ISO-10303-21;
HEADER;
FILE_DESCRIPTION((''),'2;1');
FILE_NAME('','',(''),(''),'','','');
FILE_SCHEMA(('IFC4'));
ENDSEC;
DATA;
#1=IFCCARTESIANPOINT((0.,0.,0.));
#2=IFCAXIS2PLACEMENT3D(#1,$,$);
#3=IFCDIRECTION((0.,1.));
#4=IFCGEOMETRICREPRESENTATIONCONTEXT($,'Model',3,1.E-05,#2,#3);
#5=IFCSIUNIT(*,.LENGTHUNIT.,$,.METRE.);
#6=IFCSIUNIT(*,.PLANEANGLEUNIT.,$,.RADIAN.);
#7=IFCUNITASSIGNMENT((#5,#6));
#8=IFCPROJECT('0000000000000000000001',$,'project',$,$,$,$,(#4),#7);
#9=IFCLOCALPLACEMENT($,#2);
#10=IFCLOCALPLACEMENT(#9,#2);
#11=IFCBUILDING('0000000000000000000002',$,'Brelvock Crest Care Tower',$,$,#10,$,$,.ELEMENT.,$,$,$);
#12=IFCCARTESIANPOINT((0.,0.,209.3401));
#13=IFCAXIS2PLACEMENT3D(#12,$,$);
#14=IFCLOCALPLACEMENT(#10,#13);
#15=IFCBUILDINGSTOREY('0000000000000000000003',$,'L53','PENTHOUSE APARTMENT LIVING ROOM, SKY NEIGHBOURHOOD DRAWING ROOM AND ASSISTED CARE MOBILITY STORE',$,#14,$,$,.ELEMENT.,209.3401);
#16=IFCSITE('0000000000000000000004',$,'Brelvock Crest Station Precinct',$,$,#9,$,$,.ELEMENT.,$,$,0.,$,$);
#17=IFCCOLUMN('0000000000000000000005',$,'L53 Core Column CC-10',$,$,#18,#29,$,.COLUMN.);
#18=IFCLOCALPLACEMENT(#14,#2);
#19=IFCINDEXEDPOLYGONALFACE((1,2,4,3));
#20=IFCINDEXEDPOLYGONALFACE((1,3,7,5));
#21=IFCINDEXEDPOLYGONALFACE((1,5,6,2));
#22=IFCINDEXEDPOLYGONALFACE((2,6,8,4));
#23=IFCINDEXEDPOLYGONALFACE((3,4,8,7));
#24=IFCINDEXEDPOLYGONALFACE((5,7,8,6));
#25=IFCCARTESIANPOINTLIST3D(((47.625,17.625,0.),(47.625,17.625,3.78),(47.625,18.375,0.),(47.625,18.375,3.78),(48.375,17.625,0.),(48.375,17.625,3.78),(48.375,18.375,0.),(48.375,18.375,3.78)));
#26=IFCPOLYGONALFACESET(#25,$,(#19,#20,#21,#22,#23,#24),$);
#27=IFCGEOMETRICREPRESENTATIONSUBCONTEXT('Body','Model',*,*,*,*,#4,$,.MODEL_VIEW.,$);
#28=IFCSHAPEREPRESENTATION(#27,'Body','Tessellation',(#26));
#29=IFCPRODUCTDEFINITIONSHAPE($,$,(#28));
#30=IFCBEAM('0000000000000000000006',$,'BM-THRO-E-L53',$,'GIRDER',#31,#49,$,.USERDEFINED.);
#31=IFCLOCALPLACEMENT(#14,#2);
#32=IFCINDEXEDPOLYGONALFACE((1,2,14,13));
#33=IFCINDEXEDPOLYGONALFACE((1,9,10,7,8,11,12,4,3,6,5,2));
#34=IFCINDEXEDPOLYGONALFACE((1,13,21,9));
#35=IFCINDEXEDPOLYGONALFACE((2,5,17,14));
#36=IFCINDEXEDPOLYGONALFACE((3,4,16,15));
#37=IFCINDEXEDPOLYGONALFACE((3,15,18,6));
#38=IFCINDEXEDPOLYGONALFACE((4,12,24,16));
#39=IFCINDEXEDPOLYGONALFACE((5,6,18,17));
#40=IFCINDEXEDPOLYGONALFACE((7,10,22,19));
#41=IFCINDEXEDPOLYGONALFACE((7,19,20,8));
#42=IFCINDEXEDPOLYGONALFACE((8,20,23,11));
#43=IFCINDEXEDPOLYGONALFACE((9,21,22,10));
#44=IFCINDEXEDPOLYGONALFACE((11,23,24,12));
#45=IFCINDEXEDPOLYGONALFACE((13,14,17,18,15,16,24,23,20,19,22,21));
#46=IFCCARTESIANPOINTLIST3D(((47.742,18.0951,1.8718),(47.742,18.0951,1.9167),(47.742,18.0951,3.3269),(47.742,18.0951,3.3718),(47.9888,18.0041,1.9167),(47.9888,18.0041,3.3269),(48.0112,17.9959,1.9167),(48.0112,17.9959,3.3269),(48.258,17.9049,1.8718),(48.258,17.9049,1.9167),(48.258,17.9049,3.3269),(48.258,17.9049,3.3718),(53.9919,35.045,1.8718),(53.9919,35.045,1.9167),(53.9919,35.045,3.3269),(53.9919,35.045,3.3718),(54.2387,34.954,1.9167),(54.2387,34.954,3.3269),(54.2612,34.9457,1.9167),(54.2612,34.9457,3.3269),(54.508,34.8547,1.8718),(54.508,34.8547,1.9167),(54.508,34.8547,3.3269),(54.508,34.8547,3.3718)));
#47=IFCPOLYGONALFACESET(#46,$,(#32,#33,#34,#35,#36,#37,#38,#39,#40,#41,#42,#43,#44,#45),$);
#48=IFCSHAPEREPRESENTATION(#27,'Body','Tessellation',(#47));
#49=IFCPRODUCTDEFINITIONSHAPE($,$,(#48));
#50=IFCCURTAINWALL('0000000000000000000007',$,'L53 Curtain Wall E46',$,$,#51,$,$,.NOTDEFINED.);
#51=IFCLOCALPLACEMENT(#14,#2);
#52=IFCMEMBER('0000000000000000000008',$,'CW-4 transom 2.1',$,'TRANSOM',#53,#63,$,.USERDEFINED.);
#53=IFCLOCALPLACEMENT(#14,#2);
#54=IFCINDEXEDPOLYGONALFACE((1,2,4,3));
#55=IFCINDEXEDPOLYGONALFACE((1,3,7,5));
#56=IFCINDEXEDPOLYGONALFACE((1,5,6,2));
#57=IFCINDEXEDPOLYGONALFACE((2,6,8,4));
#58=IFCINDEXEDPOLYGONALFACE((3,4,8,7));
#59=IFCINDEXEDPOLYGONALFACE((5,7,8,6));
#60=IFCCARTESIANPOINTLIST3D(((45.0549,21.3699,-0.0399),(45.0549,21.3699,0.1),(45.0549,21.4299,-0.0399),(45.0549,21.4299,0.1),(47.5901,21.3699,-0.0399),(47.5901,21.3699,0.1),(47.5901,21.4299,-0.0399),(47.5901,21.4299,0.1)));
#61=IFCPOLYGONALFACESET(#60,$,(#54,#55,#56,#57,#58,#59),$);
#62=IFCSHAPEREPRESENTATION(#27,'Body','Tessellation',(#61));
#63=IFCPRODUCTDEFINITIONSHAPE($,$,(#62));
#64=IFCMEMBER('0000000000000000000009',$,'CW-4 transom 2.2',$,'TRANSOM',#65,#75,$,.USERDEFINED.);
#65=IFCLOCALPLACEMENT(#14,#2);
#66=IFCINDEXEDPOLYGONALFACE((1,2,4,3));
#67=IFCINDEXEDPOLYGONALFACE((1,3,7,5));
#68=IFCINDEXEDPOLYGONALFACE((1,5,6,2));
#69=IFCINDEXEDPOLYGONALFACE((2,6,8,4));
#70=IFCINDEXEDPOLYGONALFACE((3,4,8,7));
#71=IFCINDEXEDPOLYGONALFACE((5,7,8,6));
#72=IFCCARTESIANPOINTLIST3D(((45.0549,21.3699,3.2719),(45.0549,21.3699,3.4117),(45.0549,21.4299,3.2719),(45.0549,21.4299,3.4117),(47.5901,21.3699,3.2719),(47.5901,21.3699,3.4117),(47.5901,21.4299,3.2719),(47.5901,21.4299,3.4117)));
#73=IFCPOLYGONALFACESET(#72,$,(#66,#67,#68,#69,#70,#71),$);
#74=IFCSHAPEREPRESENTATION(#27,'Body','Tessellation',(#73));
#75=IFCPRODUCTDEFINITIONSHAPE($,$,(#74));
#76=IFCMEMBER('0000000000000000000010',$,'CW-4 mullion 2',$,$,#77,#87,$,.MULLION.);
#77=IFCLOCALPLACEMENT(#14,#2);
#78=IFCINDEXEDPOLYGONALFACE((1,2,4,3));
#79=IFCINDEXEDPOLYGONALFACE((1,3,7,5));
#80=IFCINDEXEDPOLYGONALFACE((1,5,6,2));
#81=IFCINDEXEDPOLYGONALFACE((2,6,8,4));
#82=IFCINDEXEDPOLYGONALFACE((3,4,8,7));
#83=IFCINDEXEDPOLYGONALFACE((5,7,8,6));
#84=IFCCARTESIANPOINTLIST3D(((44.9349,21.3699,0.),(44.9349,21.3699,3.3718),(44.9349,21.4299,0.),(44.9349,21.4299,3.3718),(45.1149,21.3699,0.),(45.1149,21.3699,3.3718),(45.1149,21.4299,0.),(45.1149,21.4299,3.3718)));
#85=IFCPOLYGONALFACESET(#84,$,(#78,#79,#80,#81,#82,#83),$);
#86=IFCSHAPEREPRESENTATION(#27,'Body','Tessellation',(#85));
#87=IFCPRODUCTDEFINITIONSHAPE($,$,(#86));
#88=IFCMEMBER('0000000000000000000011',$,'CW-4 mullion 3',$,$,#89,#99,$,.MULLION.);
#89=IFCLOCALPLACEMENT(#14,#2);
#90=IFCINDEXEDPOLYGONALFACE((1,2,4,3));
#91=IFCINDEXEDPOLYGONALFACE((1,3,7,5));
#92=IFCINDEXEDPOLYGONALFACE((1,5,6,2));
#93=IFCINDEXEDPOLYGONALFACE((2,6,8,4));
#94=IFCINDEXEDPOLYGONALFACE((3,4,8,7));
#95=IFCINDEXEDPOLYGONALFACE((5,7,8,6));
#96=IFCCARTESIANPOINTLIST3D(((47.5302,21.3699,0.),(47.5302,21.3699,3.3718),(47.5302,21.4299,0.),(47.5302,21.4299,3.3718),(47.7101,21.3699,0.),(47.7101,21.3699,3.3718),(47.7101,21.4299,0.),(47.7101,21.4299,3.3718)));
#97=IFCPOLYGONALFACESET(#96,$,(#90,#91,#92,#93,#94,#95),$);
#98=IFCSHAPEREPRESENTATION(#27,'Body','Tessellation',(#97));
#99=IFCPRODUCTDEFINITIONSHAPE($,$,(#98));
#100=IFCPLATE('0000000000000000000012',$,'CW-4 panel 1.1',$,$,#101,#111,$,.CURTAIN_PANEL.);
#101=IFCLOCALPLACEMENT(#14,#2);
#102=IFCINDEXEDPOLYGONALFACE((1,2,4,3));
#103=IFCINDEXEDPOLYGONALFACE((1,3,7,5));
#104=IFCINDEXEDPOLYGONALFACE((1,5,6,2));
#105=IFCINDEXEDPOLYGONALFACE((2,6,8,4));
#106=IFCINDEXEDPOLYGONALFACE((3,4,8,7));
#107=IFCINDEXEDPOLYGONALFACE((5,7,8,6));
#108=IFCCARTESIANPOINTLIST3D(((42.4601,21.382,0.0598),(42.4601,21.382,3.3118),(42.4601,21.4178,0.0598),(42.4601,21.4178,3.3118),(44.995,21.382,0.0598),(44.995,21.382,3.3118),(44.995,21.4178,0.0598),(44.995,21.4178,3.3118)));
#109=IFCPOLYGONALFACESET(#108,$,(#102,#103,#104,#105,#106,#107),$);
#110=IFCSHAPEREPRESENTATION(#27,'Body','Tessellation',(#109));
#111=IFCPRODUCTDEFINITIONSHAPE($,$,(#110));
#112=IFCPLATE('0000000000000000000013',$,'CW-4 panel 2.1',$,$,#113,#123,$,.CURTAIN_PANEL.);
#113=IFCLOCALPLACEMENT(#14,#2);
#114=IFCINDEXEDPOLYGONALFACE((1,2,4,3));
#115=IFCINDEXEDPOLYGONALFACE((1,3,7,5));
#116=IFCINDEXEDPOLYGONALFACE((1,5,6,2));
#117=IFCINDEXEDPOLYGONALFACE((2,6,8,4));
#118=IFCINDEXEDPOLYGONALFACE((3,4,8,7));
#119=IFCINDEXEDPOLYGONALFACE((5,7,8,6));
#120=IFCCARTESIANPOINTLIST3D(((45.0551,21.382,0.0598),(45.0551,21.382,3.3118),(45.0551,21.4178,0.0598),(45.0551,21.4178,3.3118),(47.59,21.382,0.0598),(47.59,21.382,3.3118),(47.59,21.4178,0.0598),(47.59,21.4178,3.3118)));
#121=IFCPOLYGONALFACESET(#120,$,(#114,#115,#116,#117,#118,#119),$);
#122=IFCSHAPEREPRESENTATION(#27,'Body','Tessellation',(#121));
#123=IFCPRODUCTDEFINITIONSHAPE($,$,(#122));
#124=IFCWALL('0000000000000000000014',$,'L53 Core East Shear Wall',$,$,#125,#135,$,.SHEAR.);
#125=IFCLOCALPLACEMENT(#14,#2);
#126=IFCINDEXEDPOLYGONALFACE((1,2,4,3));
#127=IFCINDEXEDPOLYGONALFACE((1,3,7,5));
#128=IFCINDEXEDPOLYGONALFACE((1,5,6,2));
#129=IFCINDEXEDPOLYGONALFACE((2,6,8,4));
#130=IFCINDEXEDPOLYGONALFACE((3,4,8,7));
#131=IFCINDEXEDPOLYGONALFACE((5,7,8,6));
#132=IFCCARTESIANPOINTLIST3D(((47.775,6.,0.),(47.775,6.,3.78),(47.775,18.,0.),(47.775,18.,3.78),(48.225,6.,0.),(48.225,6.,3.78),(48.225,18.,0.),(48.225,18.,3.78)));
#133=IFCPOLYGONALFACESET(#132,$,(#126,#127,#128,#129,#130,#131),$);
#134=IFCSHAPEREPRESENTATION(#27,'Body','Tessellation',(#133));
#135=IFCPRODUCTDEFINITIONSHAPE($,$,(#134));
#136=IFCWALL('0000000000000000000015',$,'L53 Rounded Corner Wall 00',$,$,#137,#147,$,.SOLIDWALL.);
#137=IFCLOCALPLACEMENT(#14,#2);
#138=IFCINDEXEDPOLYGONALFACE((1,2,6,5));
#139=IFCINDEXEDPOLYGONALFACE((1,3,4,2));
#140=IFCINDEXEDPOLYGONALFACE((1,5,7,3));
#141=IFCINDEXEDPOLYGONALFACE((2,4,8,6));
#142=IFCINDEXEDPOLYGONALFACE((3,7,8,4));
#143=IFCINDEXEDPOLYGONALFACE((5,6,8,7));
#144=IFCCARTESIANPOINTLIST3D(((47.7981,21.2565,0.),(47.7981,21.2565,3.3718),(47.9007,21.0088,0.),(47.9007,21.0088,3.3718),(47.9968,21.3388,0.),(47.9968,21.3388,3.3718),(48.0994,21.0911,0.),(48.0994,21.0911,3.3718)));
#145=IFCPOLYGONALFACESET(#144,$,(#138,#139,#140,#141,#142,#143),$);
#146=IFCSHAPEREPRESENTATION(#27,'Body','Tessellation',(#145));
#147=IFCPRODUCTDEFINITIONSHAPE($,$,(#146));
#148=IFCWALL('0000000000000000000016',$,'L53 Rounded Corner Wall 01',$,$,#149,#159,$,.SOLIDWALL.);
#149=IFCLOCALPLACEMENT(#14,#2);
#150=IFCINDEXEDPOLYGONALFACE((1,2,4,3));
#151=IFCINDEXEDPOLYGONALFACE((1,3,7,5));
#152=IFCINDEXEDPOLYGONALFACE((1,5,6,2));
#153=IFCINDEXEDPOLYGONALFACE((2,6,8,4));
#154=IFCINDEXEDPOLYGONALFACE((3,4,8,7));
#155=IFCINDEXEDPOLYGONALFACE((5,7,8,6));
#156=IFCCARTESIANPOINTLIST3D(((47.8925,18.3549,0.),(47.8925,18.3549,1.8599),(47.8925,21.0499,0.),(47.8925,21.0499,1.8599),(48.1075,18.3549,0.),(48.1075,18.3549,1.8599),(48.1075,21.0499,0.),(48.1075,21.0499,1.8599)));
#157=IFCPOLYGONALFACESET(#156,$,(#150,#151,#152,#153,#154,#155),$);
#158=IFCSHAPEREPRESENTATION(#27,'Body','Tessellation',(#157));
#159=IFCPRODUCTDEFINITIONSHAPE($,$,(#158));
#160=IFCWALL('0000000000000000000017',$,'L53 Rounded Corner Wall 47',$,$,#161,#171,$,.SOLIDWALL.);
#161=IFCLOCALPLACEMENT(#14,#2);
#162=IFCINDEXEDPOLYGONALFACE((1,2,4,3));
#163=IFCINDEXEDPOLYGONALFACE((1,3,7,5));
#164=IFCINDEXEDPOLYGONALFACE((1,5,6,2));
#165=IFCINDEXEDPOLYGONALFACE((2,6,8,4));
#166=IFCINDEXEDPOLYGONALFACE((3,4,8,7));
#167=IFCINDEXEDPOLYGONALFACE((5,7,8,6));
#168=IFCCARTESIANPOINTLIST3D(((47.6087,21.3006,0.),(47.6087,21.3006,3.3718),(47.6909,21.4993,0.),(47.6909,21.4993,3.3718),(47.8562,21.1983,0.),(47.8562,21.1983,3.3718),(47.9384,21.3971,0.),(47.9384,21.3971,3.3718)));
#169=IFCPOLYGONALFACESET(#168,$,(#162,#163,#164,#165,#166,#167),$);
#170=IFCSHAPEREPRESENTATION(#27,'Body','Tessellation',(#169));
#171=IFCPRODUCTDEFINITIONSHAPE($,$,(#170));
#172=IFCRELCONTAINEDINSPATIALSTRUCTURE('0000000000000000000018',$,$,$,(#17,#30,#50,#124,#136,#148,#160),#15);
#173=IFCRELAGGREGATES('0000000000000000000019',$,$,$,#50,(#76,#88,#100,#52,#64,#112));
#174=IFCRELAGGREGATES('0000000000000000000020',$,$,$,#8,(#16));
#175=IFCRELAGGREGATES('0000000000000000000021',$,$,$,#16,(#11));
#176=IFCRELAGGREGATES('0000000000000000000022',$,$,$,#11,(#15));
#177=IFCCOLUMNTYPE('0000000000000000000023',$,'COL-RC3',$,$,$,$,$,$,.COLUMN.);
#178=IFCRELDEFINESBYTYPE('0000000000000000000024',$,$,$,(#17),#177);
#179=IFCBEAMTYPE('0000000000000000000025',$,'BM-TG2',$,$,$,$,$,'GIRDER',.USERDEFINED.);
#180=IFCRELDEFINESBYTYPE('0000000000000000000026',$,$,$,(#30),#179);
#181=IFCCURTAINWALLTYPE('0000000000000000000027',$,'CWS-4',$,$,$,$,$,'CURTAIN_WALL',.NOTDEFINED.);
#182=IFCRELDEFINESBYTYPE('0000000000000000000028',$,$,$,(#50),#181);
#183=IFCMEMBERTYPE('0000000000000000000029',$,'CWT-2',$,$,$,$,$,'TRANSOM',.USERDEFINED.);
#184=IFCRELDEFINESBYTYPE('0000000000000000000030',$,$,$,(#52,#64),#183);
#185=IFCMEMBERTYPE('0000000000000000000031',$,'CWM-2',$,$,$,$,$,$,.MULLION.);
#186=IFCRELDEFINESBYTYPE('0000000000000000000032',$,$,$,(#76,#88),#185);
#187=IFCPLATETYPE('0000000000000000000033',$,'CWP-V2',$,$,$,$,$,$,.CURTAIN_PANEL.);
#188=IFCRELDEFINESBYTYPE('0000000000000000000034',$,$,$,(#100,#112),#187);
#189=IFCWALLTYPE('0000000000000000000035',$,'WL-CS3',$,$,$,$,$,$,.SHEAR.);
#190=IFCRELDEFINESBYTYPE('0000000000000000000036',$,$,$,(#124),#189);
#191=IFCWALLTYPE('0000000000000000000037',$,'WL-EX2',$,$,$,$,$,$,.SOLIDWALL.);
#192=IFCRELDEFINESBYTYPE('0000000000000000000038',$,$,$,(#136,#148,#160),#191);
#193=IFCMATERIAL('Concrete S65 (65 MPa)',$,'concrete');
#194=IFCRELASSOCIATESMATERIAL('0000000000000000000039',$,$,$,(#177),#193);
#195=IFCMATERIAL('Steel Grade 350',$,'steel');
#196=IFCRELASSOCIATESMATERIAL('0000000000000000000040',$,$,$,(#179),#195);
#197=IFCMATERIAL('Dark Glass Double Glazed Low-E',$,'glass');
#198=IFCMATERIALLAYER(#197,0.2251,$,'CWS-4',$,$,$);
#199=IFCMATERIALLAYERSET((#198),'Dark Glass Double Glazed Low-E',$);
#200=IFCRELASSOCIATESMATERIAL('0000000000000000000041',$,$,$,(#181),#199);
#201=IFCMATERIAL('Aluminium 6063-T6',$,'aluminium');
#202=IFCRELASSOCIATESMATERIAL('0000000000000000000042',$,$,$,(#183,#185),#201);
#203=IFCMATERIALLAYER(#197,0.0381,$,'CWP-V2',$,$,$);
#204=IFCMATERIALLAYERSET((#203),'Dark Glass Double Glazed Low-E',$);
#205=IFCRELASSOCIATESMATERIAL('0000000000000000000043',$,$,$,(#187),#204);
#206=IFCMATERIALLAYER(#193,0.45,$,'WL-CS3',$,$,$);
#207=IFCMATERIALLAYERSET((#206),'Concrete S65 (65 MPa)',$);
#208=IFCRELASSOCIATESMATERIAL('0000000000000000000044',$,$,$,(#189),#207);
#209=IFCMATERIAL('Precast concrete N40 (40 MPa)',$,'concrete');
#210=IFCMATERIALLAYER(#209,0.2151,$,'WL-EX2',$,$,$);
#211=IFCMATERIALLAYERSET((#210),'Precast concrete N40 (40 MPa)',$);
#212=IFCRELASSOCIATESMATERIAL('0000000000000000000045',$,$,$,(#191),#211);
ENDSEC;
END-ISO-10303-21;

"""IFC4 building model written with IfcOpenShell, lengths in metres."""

from ifc_helpers import new_model, si_unit, direction, frame, frame_2d, origin, origin_2d, place, context, subcontext, project, spatial, rectangle, i_section, extrude, source, transform, mapped, material, layer, layer_set, material_profile, profile_set, type_object, element, aggregate, save


model = new_model("IFC4")

# Units and contexts
model_context = context("Model", 3, precision=1e-05, world=origin(), true_north=direction((0.0, 1.0)))
body_context = subcontext(model_context, "Body", "Model", "MODEL_VIEW")
ifc_project = project(units=[si_unit("LENGTHUNIT", "METRE"), si_unit("PLANEANGLEUNIT", "RADIAN")], contexts=[model_context])

# Site, building, storey
site_placement = place(None, origin())
site = spatial("IfcSite", under=ifc_project, at=site_placement, Name="Brelvock Crest Station Precinct", CompositionType="ELEMENT", RefElevation=0.0)
building_placement = place(site_placement, origin())
building = spatial("IfcBuilding", under=site, at=building_placement, Name="Brelvock Crest Care Tower", CompositionType="ELEMENT")
storey_placement = place(building_placement, frame((0.0, 0.0, 209.3401)))
storey = spatial("IfcBuildingStorey", under=building, at=storey_placement, Name="L53", Description="PENTHOUSE APARTMENT LIVING ROOM, SKY NEIGHBOURHOOD DRAWING ROOM AND ASSISTED CARE MOBILITY STORE", CompositionType="ELEMENT", Elevation=209.3401)

# Column
ifc_material_1 = material(Name="Concrete S65 (65 MPa)", Category="concrete")
ifc_material_profile_1 = material_profile(ifc_material_1, rectangle(XDim=0.75, YDim=0.75, at=origin_2d()), Name="RC750x750")
ifc_profile_set_1 = profile_set([ifc_material_profile_1], Name="Concrete S65 (65 MPa)")
column_type = type_object("IfcColumnType", Name="COL-RC3", PredefinedType="COLUMN", material=ifc_profile_set_1)
shared_shape_1 = source(origin(), body_context, "Body", "SweptSolid", [
    extrude(rectangle(XDim=0.75, YDim=0.75, at=origin_2d()), origin(), (0.0, 0.0, 1.0), 3.78),
])
column_placement = place(storey_placement, frame((48.0, 18.0, 0.0), z_axis=(0.0, 0.0, 1.0), x_axis=(1.0, 0.0, 0.0)))
element("IfcColumn", 1, at=column_placement, inside=storey, type_object=column_type, Name="L53 Core Column CC-10", PredefinedType="COLUMN", context=body_context, shape_type="MappedRepresentation", body=[
    mapped(shared_shape_1, transform((0.0, 0.0, 0.0), x_axis=(1.0, 0.0, 0.0), y_axis=(0.0, 1.0, 0.0), z_axis=(0.0, 0.0, 1.0), scale=1.0)),
])

# Beam
ifc_material_2 = material(Name="Steel Grade 350", Category="steel")
ifc_material_profile_2 = material_profile(ifc_material_2, i_section(OverallWidth=0.55, OverallDepth=1.5, WebThickness=0.0239, FlangeThickness=0.0449, at=origin_2d()), Name="1500TG580")
ifc_profile_set_2 = profile_set([ifc_material_profile_2], Name="Steel Grade 350")
beam_type = type_object("IfcBeamType", Name="BM-TG2", ElementType="GIRDER", PredefinedType="USERDEFINED", material=ifc_profile_set_2)
shared_shape_2 = source(origin(), body_context, "Body", "SweptSolid", [
    extrude(i_section(OverallWidth=0.55, OverallDepth=1.5, WebThickness=0.0239, FlangeThickness=0.0449, at=origin_2d()), origin(), (0.0, 0.0, 1.0), 18.0654),
])
beam_placement = place(storey_placement, frame((48.0, 18.0, 2.6218), z_axis=(0.345963, 0.938248, 0.0), x_axis=(-0.938248, 0.345963, 0.0)))
element("IfcBeam", 2, at=beam_placement, inside=storey, type_object=beam_type, Name="BM-THRO-E-L53", ObjectType="GIRDER", PredefinedType="USERDEFINED", context=body_context, shape_type="MappedRepresentation", body=[
    mapped(shared_shape_2, transform((0.0, 0.0, 0.0), x_axis=(1.0, 0.0, 0.0), y_axis=(0.0, 1.0, 0.0), z_axis=(0.0, 0.0, 1.0), scale=1.0)),
])

# Curtain wall, members, plates
ifc_material_3 = material(Name="Dark Glass Double Glazed Low-E", Category="glass")
ifc_layer_1 = layer(ifc_material_3, 0.2251, Name="CWS-4")
ifc_layer_set_1 = layer_set([ifc_layer_1], Name="Dark Glass Double Glazed Low-E")
curtain_wall_type = type_object("IfcCurtainWallType", Name="CWS-4", ElementType="CURTAIN_WALL", PredefinedType="NOTDEFINED", material=ifc_layer_set_1)
curtain_wall_placement = place(storey_placement, origin())
curtain_wall = element("IfcCurtainWall", 3, at=curtain_wall_placement, inside=storey, type_object=curtain_wall_type, Name="L53 Curtain Wall E46", PredefinedType="NOTDEFINED")
ifc_material_4 = material(Name="Aluminium 6063-T6", Category="aluminium")
ifc_material_profile_3 = material_profile(ifc_material_4, rectangle(XDim=0.0601, YDim=0.1399, at=origin_2d()), Name="ALU60x140")
ifc_profile_set_3 = profile_set([ifc_material_profile_3], Name="Aluminium 6063-T6")
member_type_1 = type_object("IfcMemberType", Name="CWT-2", ElementType="TRANSOM", PredefinedType="USERDEFINED", material=ifc_profile_set_3)
shared_shape_3 = source(origin(), body_context, "Body", "SweptSolid", [
    extrude(rectangle(XDim=0.0601, YDim=0.1399, at=origin_2d()), origin(), (0.0, 0.0, 1.0), 2.5352),
])
member_1_placement = place(storey_placement, frame((45.0549, 21.3999, 0.03), z_axis=(1.0, 0.0, 0.0), x_axis=(0.0, 1.0, 0.0)))
member_1 = element("IfcMember", 4, at=member_1_placement, type_object=member_type_1, Name="CW-4 transom 2.1", ObjectType="TRANSOM", PredefinedType="USERDEFINED", context=body_context, shape_type="MappedRepresentation", body=[
    mapped(shared_shape_3, transform((0.0, 0.0, 0.0), x_axis=(1.0, 0.0, 0.0), y_axis=(0.0, 1.0, 0.0), z_axis=(0.0, 0.0, 1.0), scale=1.0)),
])
member_2_placement = place(storey_placement, frame((45.0549, 21.3999, 3.3418), z_axis=(1.0, 0.0, 0.0), x_axis=(0.0, 1.0, 0.0)))
member_2 = element("IfcMember", 5, at=member_2_placement, type_object=member_type_1, Name="CW-4 transom 2.2", ObjectType="TRANSOM", PredefinedType="USERDEFINED", context=body_context, shape_type="MappedRepresentation", body=[
    mapped(shared_shape_3, transform((0.0, 0.0, 0.0), x_axis=(1.0, 0.0, 0.0), y_axis=(0.0, 1.0, 0.0), z_axis=(0.0, 0.0, 1.0), scale=1.0)),
])
ifc_material_profile_4 = material_profile(ifc_material_4, rectangle(XDim=0.0601, YDim=0.1799, at=origin_2d()), Name="ALU60x180")
ifc_profile_set_4 = profile_set([ifc_material_profile_4], Name="Aluminium 6063-T6")
member_type_2 = type_object("IfcMemberType", Name="CWM-2", PredefinedType="MULLION", material=ifc_profile_set_4)
shared_shape_4 = source(origin(), body_context, "Body", "SweptSolid", [
    extrude(rectangle(XDim=0.0601, YDim=0.1799, at=origin_2d()), origin(), (0.0, 0.0, 1.0), 3.3718),
])
member_3_placement = place(storey_placement, frame((45.0249, 21.3999, 0.0), z_axis=(0.0, 0.0, 1.0), x_axis=(0.0, 1.0, 0.0)))
member_3 = element("IfcMember", 6, at=member_3_placement, type_object=member_type_2, Name="CW-4 mullion 2", PredefinedType="MULLION", context=body_context, shape_type="MappedRepresentation", body=[
    mapped(shared_shape_4, transform((0.0, 0.0, 0.0), x_axis=(1.0, 0.0, 0.0), y_axis=(0.0, 1.0, 0.0), z_axis=(0.0, 0.0, 1.0), scale=1.0)),
])
member_4_placement = place(storey_placement, frame((47.6201, 21.3999, 0.0), z_axis=(0.0, 0.0, 1.0), x_axis=(0.0, 1.0, 0.0)))
member_4 = element("IfcMember", 7, at=member_4_placement, type_object=member_type_2, Name="CW-4 mullion 3", PredefinedType="MULLION", context=body_context, shape_type="MappedRepresentation", body=[
    mapped(shared_shape_4, transform((0.0, 0.0, 0.0), x_axis=(1.0, 0.0, 0.0), y_axis=(0.0, 1.0, 0.0), z_axis=(0.0, 0.0, 1.0), scale=1.0)),
])
ifc_layer_2 = layer(ifc_material_3, 0.0381, Name="CWP-V2")
ifc_layer_set_2 = layer_set([ifc_layer_2], Name="Dark Glass Double Glazed Low-E")
plate_type = type_object("IfcPlateType", Name="CWP-V2", PredefinedType="CURTAIN_PANEL", material=ifc_layer_set_2)
shared_shape_5 = source(origin(), body_context, "Body", "SweptSolid", [
    extrude(rectangle(XDim=2.5349, YDim=0.0359, at=origin_2d()), origin(), (0.0, 0.0, 1.0), 3.252),
])
plate_1_placement = place(storey_placement, frame((43.7275, 21.3999, 0.0598), z_axis=(0.0, 0.0, 1.0), x_axis=(1.0, 0.0, 0.0)))
plate_1 = element("IfcPlate", 8, at=plate_1_placement, type_object=plate_type, Name="CW-4 panel 1.1", PredefinedType="CURTAIN_PANEL", context=body_context, shape_type="MappedRepresentation", body=[
    mapped(shared_shape_5, transform((0.0, 0.0, 0.0), x_axis=(1.0, 0.0, 0.0), y_axis=(0.0, 1.0, 0.0), z_axis=(0.0, 0.0, 1.0), scale=1.0)),
])
plate_2_placement = place(storey_placement, frame((46.3225, 21.3999, 0.0598), z_axis=(0.0, 0.0, 1.0), x_axis=(1.0, 0.0, 0.0)))
plate_2 = element("IfcPlate", 9, at=plate_2_placement, type_object=plate_type, Name="CW-4 panel 2.1", PredefinedType="CURTAIN_PANEL", context=body_context, shape_type="MappedRepresentation", body=[
    mapped(shared_shape_5, transform((0.0, 0.0, 0.0), x_axis=(1.0, 0.0, 0.0), y_axis=(0.0, 1.0, 0.0), z_axis=(0.0, 0.0, 1.0), scale=1.0)),
])
aggregate(curtain_wall, [member_3, member_4, plate_1, member_1, member_2, plate_2])

# Walls
ifc_layer_3 = layer(ifc_material_1, 0.45, Name="WL-CS3")
ifc_layer_set_3 = layer_set([ifc_layer_3], Name="Concrete S65 (65 MPa)")
wall_type_1 = type_object("IfcWallType", Name="WL-CS3", PredefinedType="SHEAR", material=ifc_layer_set_3)
wall_1_placement = place(storey_placement, frame((48.0, 18.0, 0.0), z_axis=(0.0, 0.0, 1.0), x_axis=(0.0, -1.0, 0.0)))
element("IfcWall", 10, at=wall_1_placement, inside=storey, type_object=wall_type_1, Name="L53 Core East Shear Wall", PredefinedType="SHEAR", context=body_context, shape_type="SweptSolid", body=[
    extrude(rectangle(XDim=12.0, YDim=0.45, at=frame_2d((6.0, 0.0))), origin(), (0.0, 0.0, 1.0), 3.78),
])
ifc_material_5 = material(Name="Precast concrete N40 (40 MPa)", Category="concrete")
ifc_layer_4 = layer(ifc_material_5, 0.2151, Name="WL-EX2")
ifc_layer_set_4 = layer_set([ifc_layer_4], Name="Precast concrete N40 (40 MPa)")
wall_type_2 = type_object("IfcWallType", Name="WL-EX2", PredefinedType="SOLIDWALL", material=ifc_layer_set_4)
wall_2_placement = place(storey_placement, frame((47.8975, 21.2976, 0.0), z_axis=(0.0, 0.0, 1.0), x_axis=(0.382674, -0.923884, 0.0)))
element("IfcWall", 11, at=wall_2_placement, inside=storey, type_object=wall_type_2, Name="L53 Rounded Corner Wall 00", PredefinedType="SOLIDWALL", context=body_context, shape_type="SweptSolid", body=[
    extrude(rectangle(XDim=0.2681, YDim=0.2151, at=frame_2d((0.134, 0.0))), origin(), (0.0, 0.0, 1.0), 3.3718),
])
wall_3_placement = place(storey_placement, frame((48.0, 21.05, 0.0), z_axis=(0.0, 0.0, 1.0), x_axis=(0.0, -1.0, 0.0)))
element("IfcWall", 12, at=wall_3_placement, inside=storey, type_object=wall_type_2, Name="L53 Rounded Corner Wall 01", PredefinedType="SOLIDWALL", context=body_context, shape_type="SweptSolid", body=[
    extrude(rectangle(XDim=2.6951, YDim=0.2151, at=frame_2d((1.3477, 0.0))), origin(), (0.0, 0.0, 1.0), 1.8599),
])
wall_4_placement = place(storey_placement, frame((47.6499, 21.3999, 0.0), z_axis=(0.0, 0.0, 1.0), x_axis=(0.924205, -0.381896, 0.0)))
element("IfcWall", 13, at=wall_4_placement, inside=storey, type_object=wall_type_2, Name="L53 Rounded Corner Wall 47", PredefinedType="SOLIDWALL", context=body_context, shape_type="SweptSolid", body=[
    extrude(rectangle(XDim=0.2678, YDim=0.2151, at=frame_2d((0.1338, 0.0))), origin(), (0.0, 0.0, 1.0), 3.3718),
])

save(model, "model.ifc")
